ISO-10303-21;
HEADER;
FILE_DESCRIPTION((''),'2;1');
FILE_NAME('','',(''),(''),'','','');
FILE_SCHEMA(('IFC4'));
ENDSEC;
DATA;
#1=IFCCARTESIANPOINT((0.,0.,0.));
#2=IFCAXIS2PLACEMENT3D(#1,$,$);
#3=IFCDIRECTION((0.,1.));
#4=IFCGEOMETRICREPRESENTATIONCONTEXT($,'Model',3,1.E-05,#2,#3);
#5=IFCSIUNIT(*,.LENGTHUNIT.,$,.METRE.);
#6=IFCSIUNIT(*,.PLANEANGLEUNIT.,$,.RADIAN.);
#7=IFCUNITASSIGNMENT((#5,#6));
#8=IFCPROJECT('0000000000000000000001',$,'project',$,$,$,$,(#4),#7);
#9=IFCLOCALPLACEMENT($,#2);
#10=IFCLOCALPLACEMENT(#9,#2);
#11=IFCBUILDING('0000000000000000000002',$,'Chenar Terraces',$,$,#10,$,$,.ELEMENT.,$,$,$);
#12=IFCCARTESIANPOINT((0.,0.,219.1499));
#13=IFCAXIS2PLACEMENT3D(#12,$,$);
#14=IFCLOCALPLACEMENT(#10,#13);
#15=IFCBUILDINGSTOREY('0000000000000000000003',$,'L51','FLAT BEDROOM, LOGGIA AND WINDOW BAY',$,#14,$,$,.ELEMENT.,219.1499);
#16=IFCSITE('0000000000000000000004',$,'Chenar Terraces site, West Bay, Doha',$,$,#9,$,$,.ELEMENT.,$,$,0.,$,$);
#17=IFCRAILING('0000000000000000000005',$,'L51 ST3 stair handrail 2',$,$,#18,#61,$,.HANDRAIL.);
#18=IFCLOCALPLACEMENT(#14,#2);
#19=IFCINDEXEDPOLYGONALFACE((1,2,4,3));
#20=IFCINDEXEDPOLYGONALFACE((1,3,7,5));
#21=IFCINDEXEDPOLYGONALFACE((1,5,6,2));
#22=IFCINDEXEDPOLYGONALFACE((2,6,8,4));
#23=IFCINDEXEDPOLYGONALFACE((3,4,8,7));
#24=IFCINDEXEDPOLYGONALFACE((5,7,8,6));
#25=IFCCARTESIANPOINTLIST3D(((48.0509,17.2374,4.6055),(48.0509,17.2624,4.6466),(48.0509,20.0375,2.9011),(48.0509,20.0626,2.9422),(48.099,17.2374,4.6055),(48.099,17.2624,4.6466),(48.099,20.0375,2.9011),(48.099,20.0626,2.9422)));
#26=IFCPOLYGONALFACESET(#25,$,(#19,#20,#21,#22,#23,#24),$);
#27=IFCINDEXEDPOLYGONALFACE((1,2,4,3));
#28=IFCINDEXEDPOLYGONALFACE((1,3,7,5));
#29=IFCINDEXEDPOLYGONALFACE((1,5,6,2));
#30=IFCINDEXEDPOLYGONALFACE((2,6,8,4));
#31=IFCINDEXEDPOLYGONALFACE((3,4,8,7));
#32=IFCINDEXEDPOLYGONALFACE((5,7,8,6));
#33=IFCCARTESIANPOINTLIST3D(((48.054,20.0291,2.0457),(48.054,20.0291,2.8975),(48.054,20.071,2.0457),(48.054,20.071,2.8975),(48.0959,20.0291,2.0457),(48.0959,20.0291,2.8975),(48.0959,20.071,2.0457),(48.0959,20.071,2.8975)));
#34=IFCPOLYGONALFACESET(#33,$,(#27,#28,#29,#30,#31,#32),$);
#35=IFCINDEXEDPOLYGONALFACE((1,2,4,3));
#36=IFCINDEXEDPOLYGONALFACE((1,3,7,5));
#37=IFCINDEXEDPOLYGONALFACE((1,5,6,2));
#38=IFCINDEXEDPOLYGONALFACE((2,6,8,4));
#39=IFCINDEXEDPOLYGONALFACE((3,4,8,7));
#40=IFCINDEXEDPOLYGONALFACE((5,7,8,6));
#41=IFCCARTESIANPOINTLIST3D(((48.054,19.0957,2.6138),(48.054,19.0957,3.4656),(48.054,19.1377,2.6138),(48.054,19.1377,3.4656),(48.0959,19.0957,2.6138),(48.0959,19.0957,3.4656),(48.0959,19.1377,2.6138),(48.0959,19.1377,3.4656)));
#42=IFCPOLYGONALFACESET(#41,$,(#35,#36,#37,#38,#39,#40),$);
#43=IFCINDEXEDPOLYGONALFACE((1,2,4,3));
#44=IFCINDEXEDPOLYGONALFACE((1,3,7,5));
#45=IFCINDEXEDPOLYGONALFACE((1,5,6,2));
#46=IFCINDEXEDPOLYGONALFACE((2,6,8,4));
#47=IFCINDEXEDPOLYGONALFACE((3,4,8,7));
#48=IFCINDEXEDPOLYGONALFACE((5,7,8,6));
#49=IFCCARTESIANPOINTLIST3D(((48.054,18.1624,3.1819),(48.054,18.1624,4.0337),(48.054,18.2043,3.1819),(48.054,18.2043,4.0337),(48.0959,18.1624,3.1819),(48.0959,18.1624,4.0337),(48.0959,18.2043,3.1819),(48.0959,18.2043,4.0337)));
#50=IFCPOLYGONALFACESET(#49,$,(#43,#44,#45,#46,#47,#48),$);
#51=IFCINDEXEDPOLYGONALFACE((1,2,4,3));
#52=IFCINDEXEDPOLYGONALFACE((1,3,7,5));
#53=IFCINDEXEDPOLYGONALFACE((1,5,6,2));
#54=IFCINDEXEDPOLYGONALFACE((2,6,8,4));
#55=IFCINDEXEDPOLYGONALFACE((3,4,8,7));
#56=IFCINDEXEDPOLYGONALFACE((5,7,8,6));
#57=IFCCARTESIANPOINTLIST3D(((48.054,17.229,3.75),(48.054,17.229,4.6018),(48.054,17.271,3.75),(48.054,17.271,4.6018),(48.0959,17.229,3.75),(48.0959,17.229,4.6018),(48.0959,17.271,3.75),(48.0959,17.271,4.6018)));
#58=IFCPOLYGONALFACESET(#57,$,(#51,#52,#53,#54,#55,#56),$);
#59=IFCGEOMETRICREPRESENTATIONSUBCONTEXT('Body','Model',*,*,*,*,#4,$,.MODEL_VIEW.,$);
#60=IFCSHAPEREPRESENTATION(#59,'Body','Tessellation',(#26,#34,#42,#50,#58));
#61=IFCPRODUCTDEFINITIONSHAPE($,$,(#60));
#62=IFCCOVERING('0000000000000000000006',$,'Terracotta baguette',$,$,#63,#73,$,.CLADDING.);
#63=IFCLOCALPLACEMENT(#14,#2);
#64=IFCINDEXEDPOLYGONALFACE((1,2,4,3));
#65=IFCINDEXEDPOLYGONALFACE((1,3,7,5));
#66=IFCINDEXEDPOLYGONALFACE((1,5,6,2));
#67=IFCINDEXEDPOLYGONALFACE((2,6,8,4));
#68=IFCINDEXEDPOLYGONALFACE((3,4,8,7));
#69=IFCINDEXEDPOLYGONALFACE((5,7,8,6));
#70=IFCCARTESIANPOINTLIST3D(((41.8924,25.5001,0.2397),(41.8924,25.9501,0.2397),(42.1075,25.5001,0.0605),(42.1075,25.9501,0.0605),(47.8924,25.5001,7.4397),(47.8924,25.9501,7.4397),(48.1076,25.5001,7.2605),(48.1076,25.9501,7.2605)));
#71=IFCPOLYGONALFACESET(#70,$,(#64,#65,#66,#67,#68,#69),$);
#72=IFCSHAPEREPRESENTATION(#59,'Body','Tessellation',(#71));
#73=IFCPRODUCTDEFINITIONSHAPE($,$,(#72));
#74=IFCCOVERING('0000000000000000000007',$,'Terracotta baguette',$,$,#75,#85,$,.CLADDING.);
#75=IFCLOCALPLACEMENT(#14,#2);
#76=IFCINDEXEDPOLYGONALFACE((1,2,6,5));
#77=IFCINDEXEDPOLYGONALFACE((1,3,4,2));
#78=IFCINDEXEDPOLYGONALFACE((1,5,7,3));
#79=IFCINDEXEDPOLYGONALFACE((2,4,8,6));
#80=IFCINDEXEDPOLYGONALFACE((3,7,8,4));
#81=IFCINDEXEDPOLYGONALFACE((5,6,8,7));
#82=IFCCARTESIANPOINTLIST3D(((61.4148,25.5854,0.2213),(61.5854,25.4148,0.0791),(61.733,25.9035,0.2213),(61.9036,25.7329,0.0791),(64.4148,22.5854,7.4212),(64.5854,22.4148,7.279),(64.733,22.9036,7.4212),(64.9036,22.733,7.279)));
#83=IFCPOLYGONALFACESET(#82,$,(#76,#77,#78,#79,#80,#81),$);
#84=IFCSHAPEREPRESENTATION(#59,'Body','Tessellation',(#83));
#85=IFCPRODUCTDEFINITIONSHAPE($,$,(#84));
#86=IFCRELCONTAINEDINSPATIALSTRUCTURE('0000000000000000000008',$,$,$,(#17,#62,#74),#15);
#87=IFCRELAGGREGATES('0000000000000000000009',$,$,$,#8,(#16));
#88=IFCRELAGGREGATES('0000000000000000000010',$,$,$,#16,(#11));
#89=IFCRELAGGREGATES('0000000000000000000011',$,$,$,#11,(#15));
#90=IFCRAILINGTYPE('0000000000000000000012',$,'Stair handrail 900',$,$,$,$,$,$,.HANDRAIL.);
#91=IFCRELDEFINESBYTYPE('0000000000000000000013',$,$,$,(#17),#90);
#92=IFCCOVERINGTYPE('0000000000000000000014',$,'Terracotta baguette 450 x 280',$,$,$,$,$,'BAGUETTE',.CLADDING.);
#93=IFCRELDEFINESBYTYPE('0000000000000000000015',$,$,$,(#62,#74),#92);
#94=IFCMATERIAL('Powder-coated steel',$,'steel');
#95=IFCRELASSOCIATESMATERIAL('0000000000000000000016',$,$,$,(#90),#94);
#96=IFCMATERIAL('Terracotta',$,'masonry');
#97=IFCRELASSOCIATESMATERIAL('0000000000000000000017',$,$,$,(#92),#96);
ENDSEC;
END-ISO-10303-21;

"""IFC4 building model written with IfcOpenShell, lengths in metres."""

from ifc_helpers import new_model, si_unit, direction, frame, origin, origin_2d, place, context, subcontext, project, spatial, rectangle, extrude, material, material_profile, profile_set, type_object, element, save


model = new_model("IFC4")

# Units and contexts
model_context = context("Model", 3, precision=1e-05, world=origin(), true_north=direction((0.0, 1.0)))
body_context = subcontext(model_context, "Body", "Model", "MODEL_VIEW")
ifc_project = project(units=[si_unit("LENGTHUNIT", "METRE"), si_unit("PLANEANGLEUNIT", "RADIAN")], contexts=[model_context])

# Site, building, storey
site_placement = place(None, origin())
site = spatial("IfcSite", under=ifc_project, at=site_placement, Name="Chenar Terraces site, West Bay, Doha", CompositionType="ELEMENT", RefElevation=0.0)
building_placement = place(site_placement, origin())
building = spatial("IfcBuilding", under=site, at=building_placement, Name="Chenar Terraces", CompositionType="ELEMENT")
storey_placement = place(building_placement, frame((0.0, 0.0, 219.1499)))
storey = spatial("IfcBuildingStorey", under=building, at=storey_placement, Name="L51", Description="FLAT BEDROOM, LOGGIA AND WINDOW BAY", CompositionType="ELEMENT", Elevation=219.1499)

# Railing
ifc_material_1 = material(Name="Powder-coated steel", Category="steel")
railing_type_1 = type_object("IfcRailingType", Name="Stair handrail 900", PredefinedType="HANDRAIL", material=ifc_material_1)
railing_1_placement = place(storey_placement, frame((48.075, 20.05, 2.0457)))
element("IfcRailing", 1, at=railing_1_placement, inside=storey, type_object=railing_type_1, Name="L51 ST3 stair handrail 2", PredefinedType="HANDRAIL", context=body_context, shape_type="SweptSolid", body=[
    extrude(rectangle(XDim=0.0481, YDim=0.0481, at=origin_2d()), frame((0.0, 0.0, 0.876), z_axis=(0.0, -0.854203, 0.51994), x_axis=(1.0, 0.0, 0.0)), (0.0, 0.0, 1.0), 3.2781),
    extrude(rectangle(XDim=0.042, YDim=0.042, at=origin_2d()), origin(), (0.0, 0.0, 1.0), 0.8518),
    extrude(rectangle(XDim=0.042, YDim=0.042, at=origin_2d()), frame((0.0, -0.9333, 0.5681)), (0.0, 0.0, 1.0), 0.8518),
    extrude(rectangle(XDim=0.042, YDim=0.042, at=origin_2d()), frame((0.0, -1.8667, 1.1362)), (0.0, 0.0, 1.0), 0.8518),
    extrude(rectangle(XDim=0.042, YDim=0.042, at=origin_2d()), frame((0.0, -2.8, 1.7043)), (0.0, 0.0, 1.0), 0.8518),
])

# Coverings
ifc_material_2 = material(Name="Terracotta", Category="masonry")
ifc_material_profile_1 = material_profile(ifc_material_2, rectangle(XDim=0.45, YDim=0.28, at=origin_2d()), Name="Terracotta baguette 450 x 280")
ifc_profile_set_1 = profile_set([ifc_material_profile_1], Name="Terracotta")
covering_type = type_object("IfcCoveringType", Name="Terracotta baguette 450 x 280", ElementType="BAGUETTE", PredefinedType="CLADDING", material=ifc_profile_set_1)
covering_1_placement = place(storey_placement, frame((48.0, 25.7251, 7.3501), z_axis=(-0.640187, 0.0, -0.768219), x_axis=(0.0, -1.0, 0.0)))
element("IfcCovering", 2, at=covering_1_placement, inside=storey, type_object=covering_type, Name="Terracotta baguette", PredefinedType="CLADDING", context=body_context, shape_type="SweptSolid", body=[
    extrude(rectangle(XDim=0.45, YDim=0.28, at=origin_2d()), origin(), (0.0, 0.0, 1.0), 9.3723),
])
covering_2_placement = place(storey_placement, frame((64.6592, 22.6592, 7.3501), z_axis=(-0.358981, 0.358981, -0.861548), x_axis=(-0.707107, -0.707107, 0.0)))
element("IfcCovering", 3, at=covering_2_placement, inside=storey, type_object=covering_type, Name="Terracotta baguette", PredefinedType="CLADDING", context=body_context, shape_type="SweptSolid", body=[
    extrude(rectangle(XDim=0.45, YDim=0.28, at=origin_2d()), origin(), (0.0, 0.0, 1.0), 8.3569),
])

save(model, "model.ifc")
